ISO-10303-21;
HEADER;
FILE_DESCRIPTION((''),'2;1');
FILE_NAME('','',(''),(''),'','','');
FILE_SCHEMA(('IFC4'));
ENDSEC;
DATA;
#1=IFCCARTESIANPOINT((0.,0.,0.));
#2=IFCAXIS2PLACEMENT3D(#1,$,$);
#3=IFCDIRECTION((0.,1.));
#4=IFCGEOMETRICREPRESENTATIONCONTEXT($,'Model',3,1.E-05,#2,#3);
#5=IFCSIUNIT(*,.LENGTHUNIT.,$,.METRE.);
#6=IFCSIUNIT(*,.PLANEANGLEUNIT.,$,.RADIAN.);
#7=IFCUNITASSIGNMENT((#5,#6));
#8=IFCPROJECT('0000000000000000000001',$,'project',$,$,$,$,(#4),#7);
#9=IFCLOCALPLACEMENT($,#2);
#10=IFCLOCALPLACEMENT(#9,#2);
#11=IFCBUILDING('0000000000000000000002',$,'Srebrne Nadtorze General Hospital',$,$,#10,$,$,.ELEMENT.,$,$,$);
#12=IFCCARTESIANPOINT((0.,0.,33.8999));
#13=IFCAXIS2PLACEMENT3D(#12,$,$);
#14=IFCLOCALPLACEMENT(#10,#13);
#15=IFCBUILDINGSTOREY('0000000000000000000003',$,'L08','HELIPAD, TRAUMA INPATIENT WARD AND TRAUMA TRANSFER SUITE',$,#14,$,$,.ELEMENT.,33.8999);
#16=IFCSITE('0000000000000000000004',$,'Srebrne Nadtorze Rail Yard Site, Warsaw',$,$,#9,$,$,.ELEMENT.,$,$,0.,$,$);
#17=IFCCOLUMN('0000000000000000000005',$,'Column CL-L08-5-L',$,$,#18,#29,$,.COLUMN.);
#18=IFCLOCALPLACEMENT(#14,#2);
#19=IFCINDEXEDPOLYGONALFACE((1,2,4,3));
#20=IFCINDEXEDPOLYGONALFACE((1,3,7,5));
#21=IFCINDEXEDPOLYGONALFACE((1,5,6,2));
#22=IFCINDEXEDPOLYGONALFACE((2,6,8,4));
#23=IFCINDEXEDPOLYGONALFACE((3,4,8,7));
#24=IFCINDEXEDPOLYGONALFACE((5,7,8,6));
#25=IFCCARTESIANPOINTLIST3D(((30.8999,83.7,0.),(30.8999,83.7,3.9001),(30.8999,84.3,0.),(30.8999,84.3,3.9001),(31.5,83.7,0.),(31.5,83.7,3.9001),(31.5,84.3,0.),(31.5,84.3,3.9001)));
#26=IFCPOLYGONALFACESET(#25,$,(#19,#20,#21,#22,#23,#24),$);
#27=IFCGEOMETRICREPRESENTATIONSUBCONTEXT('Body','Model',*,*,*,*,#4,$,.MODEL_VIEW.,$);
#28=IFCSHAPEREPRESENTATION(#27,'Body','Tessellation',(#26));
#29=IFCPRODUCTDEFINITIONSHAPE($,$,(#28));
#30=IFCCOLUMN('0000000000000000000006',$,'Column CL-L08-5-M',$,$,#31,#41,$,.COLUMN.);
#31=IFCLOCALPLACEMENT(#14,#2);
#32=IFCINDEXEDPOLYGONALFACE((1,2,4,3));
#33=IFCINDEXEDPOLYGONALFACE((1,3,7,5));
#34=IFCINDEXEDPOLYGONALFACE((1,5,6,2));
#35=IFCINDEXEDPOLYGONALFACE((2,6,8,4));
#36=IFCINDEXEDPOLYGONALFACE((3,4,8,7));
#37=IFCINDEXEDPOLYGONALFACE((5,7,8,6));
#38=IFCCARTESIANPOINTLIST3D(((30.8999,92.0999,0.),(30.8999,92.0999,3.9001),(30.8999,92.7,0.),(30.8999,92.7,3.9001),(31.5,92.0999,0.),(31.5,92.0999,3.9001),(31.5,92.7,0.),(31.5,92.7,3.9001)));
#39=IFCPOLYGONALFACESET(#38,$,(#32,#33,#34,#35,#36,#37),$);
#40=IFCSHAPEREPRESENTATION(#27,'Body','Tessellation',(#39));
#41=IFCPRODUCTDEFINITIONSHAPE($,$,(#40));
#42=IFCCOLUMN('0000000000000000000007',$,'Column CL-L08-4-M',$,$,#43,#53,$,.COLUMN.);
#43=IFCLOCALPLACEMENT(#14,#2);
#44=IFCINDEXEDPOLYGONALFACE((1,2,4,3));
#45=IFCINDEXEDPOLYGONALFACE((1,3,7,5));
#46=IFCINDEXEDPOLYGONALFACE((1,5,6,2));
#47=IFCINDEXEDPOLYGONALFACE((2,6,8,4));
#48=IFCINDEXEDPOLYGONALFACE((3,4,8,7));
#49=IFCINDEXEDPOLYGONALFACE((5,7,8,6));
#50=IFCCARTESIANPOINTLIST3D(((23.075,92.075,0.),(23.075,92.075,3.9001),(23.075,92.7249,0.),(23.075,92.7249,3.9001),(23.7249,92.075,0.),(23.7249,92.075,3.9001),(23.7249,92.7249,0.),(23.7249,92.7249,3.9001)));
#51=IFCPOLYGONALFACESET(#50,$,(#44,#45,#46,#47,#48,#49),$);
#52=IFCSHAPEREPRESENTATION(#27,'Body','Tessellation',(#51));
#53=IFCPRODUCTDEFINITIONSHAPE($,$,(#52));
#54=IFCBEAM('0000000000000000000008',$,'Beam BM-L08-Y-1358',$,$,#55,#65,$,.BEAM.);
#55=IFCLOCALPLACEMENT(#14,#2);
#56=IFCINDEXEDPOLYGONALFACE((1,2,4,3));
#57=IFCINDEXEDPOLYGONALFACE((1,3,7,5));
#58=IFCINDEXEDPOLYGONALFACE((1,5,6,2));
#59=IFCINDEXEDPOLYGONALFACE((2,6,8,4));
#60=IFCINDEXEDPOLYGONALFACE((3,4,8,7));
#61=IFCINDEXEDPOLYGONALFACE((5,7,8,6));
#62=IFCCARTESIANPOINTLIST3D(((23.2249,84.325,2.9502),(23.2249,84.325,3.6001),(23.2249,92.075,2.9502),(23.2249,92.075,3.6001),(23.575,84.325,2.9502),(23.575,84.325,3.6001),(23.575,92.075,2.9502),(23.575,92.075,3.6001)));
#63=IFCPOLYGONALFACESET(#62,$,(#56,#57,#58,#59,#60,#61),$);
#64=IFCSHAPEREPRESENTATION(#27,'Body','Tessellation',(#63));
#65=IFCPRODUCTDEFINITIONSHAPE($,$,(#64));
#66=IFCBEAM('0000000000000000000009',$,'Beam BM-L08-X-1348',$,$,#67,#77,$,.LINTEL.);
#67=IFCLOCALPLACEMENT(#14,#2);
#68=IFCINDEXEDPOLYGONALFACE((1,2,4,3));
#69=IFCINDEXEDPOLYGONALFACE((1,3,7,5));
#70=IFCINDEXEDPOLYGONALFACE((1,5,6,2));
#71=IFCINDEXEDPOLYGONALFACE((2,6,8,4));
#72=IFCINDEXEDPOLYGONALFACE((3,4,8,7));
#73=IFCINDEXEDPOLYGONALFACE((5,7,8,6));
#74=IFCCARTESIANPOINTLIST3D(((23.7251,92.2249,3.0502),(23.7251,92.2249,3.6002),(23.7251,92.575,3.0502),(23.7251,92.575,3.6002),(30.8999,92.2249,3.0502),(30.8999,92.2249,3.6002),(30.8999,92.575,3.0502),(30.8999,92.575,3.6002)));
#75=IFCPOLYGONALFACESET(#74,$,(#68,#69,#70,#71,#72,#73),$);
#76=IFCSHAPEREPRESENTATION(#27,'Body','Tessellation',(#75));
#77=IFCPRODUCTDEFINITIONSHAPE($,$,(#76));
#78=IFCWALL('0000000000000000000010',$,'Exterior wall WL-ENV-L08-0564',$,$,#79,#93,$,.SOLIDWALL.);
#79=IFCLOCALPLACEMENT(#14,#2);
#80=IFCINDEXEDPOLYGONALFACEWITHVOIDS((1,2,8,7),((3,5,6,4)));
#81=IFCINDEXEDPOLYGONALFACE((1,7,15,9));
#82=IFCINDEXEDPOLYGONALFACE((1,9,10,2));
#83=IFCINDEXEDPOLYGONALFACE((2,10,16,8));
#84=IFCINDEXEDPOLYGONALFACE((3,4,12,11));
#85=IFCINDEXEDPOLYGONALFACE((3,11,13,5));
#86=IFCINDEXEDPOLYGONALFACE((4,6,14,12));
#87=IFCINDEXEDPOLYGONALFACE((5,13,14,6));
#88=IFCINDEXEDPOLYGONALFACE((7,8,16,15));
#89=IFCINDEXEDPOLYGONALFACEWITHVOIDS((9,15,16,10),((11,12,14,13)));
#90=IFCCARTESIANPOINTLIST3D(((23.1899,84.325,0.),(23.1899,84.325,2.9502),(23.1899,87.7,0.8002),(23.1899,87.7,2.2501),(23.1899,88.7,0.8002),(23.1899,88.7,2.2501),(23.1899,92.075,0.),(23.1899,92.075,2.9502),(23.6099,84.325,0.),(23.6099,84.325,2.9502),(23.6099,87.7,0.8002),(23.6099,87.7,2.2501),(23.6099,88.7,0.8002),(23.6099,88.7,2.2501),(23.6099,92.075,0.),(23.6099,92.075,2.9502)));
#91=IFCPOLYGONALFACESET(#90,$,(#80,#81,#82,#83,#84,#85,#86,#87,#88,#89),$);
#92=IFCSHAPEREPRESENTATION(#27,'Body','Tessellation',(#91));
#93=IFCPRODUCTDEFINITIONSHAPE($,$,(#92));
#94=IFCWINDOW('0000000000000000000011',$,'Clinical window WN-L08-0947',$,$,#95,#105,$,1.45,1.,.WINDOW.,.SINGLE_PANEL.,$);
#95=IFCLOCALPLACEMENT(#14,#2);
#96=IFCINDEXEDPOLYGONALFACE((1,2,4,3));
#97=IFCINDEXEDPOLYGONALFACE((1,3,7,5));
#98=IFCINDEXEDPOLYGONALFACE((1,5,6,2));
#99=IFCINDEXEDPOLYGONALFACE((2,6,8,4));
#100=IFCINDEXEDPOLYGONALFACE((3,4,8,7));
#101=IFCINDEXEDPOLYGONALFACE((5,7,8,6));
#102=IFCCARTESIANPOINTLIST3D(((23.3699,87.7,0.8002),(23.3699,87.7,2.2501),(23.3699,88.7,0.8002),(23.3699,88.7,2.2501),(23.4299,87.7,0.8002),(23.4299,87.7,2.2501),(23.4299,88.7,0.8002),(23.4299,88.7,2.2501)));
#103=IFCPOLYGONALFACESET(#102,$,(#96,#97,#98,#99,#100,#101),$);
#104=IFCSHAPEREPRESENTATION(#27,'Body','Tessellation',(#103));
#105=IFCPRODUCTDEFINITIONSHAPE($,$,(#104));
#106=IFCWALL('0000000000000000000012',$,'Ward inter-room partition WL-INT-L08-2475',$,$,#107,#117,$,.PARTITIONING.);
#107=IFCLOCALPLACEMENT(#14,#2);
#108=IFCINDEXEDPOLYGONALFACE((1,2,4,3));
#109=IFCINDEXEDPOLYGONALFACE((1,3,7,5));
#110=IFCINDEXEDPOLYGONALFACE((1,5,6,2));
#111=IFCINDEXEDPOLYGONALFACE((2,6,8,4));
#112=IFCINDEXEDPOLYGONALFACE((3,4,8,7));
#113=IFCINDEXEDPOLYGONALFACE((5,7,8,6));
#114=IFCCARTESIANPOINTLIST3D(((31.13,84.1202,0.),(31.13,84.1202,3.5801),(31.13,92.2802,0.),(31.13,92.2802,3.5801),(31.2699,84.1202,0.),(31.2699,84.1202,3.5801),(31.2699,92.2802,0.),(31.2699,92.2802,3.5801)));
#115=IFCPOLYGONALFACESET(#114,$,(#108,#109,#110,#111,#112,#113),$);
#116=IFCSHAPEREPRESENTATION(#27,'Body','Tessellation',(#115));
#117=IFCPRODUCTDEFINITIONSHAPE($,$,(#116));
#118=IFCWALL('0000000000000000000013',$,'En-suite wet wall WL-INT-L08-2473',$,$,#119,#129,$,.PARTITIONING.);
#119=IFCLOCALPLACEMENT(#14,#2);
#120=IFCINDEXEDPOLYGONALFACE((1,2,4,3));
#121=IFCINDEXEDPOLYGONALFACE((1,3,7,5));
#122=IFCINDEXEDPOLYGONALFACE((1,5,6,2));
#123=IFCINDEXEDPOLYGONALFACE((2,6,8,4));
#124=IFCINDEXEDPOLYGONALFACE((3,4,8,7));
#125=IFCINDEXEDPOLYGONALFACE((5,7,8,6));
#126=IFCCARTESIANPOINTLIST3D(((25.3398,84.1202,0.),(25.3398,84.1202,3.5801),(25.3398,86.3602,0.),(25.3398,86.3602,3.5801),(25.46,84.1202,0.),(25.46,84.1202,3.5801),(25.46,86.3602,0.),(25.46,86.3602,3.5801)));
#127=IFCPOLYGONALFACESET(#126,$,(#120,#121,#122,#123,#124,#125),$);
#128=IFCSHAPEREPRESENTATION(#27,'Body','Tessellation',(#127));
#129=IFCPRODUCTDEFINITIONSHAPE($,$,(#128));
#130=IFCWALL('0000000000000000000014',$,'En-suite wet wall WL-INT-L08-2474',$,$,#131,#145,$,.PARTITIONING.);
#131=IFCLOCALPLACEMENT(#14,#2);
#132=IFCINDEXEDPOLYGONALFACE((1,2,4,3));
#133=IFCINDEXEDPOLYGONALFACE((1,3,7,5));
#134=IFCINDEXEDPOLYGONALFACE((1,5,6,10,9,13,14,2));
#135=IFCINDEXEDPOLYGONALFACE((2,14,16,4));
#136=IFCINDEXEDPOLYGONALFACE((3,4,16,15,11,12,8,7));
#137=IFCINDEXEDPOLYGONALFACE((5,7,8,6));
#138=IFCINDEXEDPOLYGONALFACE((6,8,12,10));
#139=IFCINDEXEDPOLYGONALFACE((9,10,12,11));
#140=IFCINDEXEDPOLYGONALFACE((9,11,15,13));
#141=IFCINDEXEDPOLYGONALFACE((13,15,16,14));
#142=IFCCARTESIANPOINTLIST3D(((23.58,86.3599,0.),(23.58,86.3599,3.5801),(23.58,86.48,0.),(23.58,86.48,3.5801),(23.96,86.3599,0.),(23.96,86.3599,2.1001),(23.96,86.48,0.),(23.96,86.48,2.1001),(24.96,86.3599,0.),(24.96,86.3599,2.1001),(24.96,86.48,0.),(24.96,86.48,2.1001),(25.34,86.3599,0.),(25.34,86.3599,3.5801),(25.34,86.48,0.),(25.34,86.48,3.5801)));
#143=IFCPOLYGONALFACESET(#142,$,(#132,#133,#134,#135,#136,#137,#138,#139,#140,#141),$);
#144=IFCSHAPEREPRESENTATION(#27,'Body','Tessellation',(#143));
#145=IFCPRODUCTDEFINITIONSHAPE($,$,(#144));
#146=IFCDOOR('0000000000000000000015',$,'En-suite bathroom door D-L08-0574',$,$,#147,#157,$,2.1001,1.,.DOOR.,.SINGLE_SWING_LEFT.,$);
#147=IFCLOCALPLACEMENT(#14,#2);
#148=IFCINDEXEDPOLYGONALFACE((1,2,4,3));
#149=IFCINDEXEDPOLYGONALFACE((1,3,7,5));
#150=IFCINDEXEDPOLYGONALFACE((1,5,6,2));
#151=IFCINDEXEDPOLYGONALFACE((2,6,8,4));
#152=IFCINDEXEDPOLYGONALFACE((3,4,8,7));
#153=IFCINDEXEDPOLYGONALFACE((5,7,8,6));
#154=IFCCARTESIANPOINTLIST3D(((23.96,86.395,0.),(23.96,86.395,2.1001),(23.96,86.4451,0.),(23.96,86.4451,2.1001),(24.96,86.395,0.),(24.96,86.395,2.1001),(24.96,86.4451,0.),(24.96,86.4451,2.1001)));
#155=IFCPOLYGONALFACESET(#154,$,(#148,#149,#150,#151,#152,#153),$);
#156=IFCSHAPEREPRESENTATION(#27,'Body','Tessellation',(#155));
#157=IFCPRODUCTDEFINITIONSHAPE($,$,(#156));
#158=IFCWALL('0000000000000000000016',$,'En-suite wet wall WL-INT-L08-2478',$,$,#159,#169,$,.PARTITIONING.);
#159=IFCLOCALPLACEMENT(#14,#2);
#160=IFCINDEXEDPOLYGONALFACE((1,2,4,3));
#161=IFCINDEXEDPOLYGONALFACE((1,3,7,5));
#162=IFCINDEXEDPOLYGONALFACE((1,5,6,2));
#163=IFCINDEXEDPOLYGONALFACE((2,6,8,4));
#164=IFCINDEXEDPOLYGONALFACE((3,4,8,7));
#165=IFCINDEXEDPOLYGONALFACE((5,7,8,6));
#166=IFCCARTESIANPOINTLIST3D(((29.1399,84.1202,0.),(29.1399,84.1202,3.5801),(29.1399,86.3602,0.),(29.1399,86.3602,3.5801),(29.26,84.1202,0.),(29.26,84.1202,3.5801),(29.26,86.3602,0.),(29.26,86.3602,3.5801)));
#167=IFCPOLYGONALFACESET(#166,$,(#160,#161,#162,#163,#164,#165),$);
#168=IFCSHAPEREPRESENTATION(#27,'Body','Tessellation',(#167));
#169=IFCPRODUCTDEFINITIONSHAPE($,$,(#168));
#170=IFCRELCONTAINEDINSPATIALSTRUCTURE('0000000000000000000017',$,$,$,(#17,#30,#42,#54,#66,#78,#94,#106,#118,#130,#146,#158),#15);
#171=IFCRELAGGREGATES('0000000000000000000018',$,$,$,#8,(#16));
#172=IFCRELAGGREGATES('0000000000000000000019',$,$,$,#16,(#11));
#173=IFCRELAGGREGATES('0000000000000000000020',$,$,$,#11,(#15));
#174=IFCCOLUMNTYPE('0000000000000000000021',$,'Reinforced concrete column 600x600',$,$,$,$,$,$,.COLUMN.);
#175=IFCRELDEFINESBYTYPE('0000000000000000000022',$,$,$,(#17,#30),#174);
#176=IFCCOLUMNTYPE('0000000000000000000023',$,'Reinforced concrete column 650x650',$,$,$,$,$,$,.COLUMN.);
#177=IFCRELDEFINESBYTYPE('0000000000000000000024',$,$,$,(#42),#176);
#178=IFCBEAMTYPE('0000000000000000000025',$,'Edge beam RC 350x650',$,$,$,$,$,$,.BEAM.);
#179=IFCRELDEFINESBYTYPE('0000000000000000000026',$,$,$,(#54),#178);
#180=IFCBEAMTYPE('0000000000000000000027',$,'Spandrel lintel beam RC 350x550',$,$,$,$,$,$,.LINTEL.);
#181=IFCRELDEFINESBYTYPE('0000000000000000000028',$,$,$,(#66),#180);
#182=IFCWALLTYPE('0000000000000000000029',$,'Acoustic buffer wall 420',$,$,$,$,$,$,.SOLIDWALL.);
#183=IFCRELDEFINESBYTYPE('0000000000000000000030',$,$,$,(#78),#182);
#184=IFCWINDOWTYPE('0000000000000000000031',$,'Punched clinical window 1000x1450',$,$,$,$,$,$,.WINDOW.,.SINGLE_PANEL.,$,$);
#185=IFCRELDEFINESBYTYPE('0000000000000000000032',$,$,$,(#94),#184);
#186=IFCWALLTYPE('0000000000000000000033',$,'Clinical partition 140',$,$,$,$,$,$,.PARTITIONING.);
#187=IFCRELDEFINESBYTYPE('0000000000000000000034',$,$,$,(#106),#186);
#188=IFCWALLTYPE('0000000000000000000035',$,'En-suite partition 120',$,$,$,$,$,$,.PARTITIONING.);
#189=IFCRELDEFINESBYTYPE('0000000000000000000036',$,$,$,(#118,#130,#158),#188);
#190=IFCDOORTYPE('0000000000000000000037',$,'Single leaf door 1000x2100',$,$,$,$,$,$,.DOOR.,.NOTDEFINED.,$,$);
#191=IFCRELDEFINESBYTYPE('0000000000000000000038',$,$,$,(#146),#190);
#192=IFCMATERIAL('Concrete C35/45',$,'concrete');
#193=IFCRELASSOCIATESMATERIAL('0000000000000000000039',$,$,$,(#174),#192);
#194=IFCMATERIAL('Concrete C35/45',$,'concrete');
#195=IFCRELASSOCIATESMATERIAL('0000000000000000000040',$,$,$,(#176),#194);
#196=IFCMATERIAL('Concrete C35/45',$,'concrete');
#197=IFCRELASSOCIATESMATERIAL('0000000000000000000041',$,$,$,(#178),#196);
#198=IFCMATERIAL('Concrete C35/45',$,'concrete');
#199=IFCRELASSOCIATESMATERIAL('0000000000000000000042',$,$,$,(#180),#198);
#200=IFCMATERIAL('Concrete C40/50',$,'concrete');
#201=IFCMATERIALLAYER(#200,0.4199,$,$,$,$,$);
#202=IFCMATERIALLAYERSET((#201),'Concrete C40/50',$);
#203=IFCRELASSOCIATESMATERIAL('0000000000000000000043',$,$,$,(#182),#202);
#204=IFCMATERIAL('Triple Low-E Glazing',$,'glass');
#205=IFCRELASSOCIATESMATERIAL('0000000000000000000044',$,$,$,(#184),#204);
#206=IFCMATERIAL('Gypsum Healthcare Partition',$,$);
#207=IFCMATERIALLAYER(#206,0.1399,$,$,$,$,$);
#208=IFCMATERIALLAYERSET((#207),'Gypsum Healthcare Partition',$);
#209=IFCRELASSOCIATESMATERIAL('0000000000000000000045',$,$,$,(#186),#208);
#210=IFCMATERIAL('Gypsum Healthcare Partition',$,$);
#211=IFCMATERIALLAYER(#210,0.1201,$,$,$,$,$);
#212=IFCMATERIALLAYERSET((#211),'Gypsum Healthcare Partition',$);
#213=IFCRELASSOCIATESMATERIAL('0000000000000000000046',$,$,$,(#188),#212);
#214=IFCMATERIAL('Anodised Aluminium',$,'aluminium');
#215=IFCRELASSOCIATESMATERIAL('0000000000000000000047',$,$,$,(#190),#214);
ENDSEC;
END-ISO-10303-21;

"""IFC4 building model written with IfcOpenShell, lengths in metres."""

from ifc_helpers import new_model, si_unit, direction, frame, frame_2d, origin, origin_2d, place, context, subcontext, project, spatial, rectangle, extrude, material, layer, layer_set, material_profile, profile_set, type_object, element, fill, save


model = new_model("IFC4")

# Units and contexts
model_context = context("Model", 3, precision=1e-05, world=origin(), true_north=direction((0.0, 1.0)))
body_context = subcontext(model_context, "Body", "Model", "MODEL_VIEW")
ifc_project = project(units=[si_unit("LENGTHUNIT", "METRE"), si_unit("PLANEANGLEUNIT", "RADIAN")], contexts=[model_context])

# Site, building, storey
site_placement = place(None, origin())
site = spatial("IfcSite", under=ifc_project, at=site_placement, Name="Srebrne Nadtorze Rail Yard Site, Warsaw", CompositionType="ELEMENT", RefElevation=0.0)
building_placement = place(site_placement, origin())
building = spatial("IfcBuilding", under=site, at=building_placement, Name="Srebrne Nadtorze General Hospital", CompositionType="ELEMENT")
storey_placement = place(building_placement, frame((0.0, 0.0, 33.8999)))
storey = spatial("IfcBuildingStorey", under=building, at=storey_placement, Name="L08", Description="HELIPAD, TRAUMA INPATIENT WARD AND TRAUMA TRANSFER SUITE", CompositionType="ELEMENT", Elevation=33.8999)

# Columns
ifc_material_1 = material(Name="Concrete C35/45", Category="concrete")
ifc_material_profile_1 = material_profile(ifc_material_1, rectangle(XDim=0.6001, YDim=0.6001, at=origin_2d()), Name="RC-COL-600x600")
ifc_profile_set_1 = profile_set([ifc_material_profile_1], Name="Concrete C35/45")
column_type_1 = type_object("IfcColumnType", Name="Reinforced concrete column 600x600", PredefinedType="COLUMN", material=ifc_profile_set_1)
for number, where, z_axis, x_axis, name in (
    (1, (31.2, 84.0, 0.0), (0.0, 0.0, 1.0), (1.0, 0.0, 0.0), "Column CL-L08-5-L"),
    (2, (31.2, 92.3999, 0.0), (0.0, 0.0, 1.0), (1.0, 0.0, 0.0), "Column CL-L08-5-M"),
):
    element("IfcColumn", number, at=place(storey_placement, frame(where, z_axis=z_axis, x_axis=x_axis)), inside=storey, type_object=column_type_1, Name=name, PredefinedType="COLUMN", context=body_context, shape_type="SweptSolid", body=[
        extrude(rectangle(XDim=0.6001, YDim=0.6001, at=origin_2d()), origin(), (0.0, 0.0, 1.0), 3.9001),
    ])
ifc_material_2 = material(Name="Concrete C35/45", Category="concrete")
ifc_material_profile_2 = material_profile(ifc_material_2, rectangle(XDim=0.6499, YDim=0.6499, at=origin_2d()), Name="RC-COL-650x650")
ifc_profile_set_2 = profile_set([ifc_material_profile_2], Name="Concrete C35/45")
column_type_2 = type_object("IfcColumnType", Name="Reinforced concrete column 650x650", PredefinedType="COLUMN", material=ifc_profile_set_2)
column_placement = place(storey_placement, frame((23.3999, 92.3999, 0.0), z_axis=(0.0, 0.0, 1.0), x_axis=(1.0, 0.0, 0.0)))
element("IfcColumn", 3, at=column_placement, inside=storey, type_object=column_type_2, Name="Column CL-L08-4-M", PredefinedType="COLUMN", context=body_context, shape_type="SweptSolid", body=[
    extrude(rectangle(XDim=0.6499, YDim=0.6499, at=origin_2d()), origin(), (0.0, 0.0, 1.0), 3.9001),
])

# Beams
ifc_material_3 = material(Name="Concrete C35/45", Category="concrete")
ifc_material_profile_3 = material_profile(ifc_material_3, rectangle(XDim=0.3501, YDim=0.6499, at=origin_2d()), Name="RC-BM-350x650")
ifc_profile_set_3 = profile_set([ifc_material_profile_3], Name="Concrete C35/45")
beam_type_1 = type_object("IfcBeamType", Name="Edge beam RC 350x650", PredefinedType="BEAM", material=ifc_profile_set_3)
beam_1_placement = place(storey_placement, frame((23.3999, 84.325, 3.2751), z_axis=(0.0, 1.0, 0.0), x_axis=(-1.0, 0.0, 0.0)))
element("IfcBeam", 4, at=beam_1_placement, inside=storey, type_object=beam_type_1, Name="Beam BM-L08-Y-1358", PredefinedType="BEAM", context=body_context, shape_type="SweptSolid", body=[
    extrude(rectangle(XDim=0.3501, YDim=0.6499, at=origin_2d()), origin(), (0.0, 0.0, 1.0), 7.75),
])
ifc_material_4 = material(Name="Concrete C35/45", Category="concrete")
ifc_material_profile_4 = material_profile(ifc_material_4, rectangle(XDim=0.3501, YDim=0.55, at=origin_2d()), Name="RC-BM-350x550")
ifc_profile_set_4 = profile_set([ifc_material_profile_4], Name="Concrete C35/45")
beam_type_2 = type_object("IfcBeamType", Name="Spandrel lintel beam RC 350x550", PredefinedType="LINTEL", material=ifc_profile_set_4)
beam_2_placement = place(storey_placement, frame((23.7251, 92.3999, 3.3252), z_axis=(1.0, 0.0, 0.0), x_axis=(0.0, 1.0, 0.0)))
element("IfcBeam", 5, at=beam_2_placement, inside=storey, type_object=beam_type_2, Name="Beam BM-L08-X-1348", PredefinedType="LINTEL", context=body_context, shape_type="SweptSolid", body=[
    extrude(rectangle(XDim=0.3501, YDim=0.55, at=origin_2d()), origin(), (0.0, 0.0, 1.0), 7.1748),
])

# Wall, opening, window
ifc_material_5 = material(Name="Concrete C40/50", Category="concrete")
ifc_layer_1 = layer(ifc_material_5, 0.4199)
ifc_layer_set_1 = layer_set([ifc_layer_1], Name="Concrete C40/50")
wall_type_1 = type_object("IfcWallType", Name="Acoustic buffer wall 420", PredefinedType="SOLIDWALL", material=ifc_layer_set_1)
wall_1_placement = place(storey_placement, frame((23.3999, 84.325, 0.0), z_axis=(0.0, 0.0, 1.0), x_axis=(0.0, 1.0, 0.0)))
wall_1 = element("IfcWall", 6, at=wall_1_placement, inside=storey, type_object=wall_type_1, Name="Exterior wall WL-ENV-L08-0564", PredefinedType="SOLIDWALL", context=body_context, shape_type="SweptSolid", body=[
    extrude(rectangle(XDim=7.75, YDim=0.4199, at=frame_2d((3.875, 0.0))), origin(), (0.0, 0.0, 1.0), 2.9502),
])
opening_1_placement = place(wall_1_placement, frame((3.375, 0.0, 0.8)))
opening_1 = element("IfcOpeningElement", 7, at=opening_1_placement, cuts=wall_1, PredefinedType="OPENING", context=body_context, shape_type="SweptSolid", body=[
    extrude(rectangle(XDim=1.0, YDim=1.45, at=frame_2d((0.5, 0.7251))), frame((0.0, 0.2219, 0.0), z_axis=(0.0, -1.0, 0.0), x_axis=(1.0, 0.0, 0.0)), (0.0, 0.0, 1.0), 0.4438),
])
ifc_material_6 = material(Name="Triple Low-E Glazing", Category="glass")
window_type_1 = type_object("IfcWindowType", Name="Punched clinical window 1000x1450", PartitioningType="SINGLE_PANEL", PredefinedType="WINDOW", material=ifc_material_6)
window_1_placement = place(opening_1_placement, origin())
window_1 = element("IfcWindow", 8, at=window_1_placement, inside=storey, type_object=window_type_1, Name="Clinical window WN-L08-0947", OverallHeight=1.45, OverallWidth=1.0, PartitioningType="SINGLE_PANEL", PredefinedType="WINDOW", context=body_context, shape_type="SweptSolid", body=[
    extrude(rectangle(XDim=1.0, YDim=1.45, at=frame_2d((0.5, 0.7251))), frame((0.0, 0.03, 0.0), z_axis=(0.0, -1.0, 0.0), x_axis=(1.0, 0.0, 0.0)), (0.0, 0.0, 1.0), 0.0601),
])
fill(opening_1, window_1)

# Walls
ifc_material_7 = material(Name="Gypsum Healthcare Partition")
ifc_layer_2 = layer(ifc_material_7, 0.1399)
ifc_layer_set_2 = layer_set([ifc_layer_2], Name="Gypsum Healthcare Partition")
wall_type_2 = type_object("IfcWallType", Name="Clinical partition 140", PredefinedType="PARTITIONING", material=ifc_layer_set_2)
wall_2_placement = place(storey_placement, frame((31.2, 84.1201, 0.0), z_axis=(0.0, 0.0, 1.0), x_axis=(0.0, 1.0, 0.0)))
element("IfcWall", 9, at=wall_2_placement, inside=storey, type_object=wall_type_2, Name="Ward inter-room partition WL-INT-L08-2475", PredefinedType="PARTITIONING", context=body_context, shape_type="SweptSolid", body=[
    extrude(rectangle(XDim=8.1599, YDim=0.1399, at=frame_2d((4.0801, 0.0))), origin(), (0.0, 0.0, 1.0), 3.5801),
])
ifc_material_8 = material(Name="Gypsum Healthcare Partition")
ifc_layer_3 = layer(ifc_material_8, 0.1201)
ifc_layer_set_3 = layer_set([ifc_layer_3], Name="Gypsum Healthcare Partition")
wall_type_3 = type_object("IfcWallType", Name="En-suite partition 120", PredefinedType="PARTITIONING", material=ifc_layer_set_3)
wall_3_placement = place(storey_placement, frame((25.3999, 84.1201, 0.0), z_axis=(0.0, 0.0, 1.0), x_axis=(0.0, 1.0, 0.0)))
element("IfcWall", 10, at=wall_3_placement, inside=storey, type_object=wall_type_3, Name="En-suite wet wall WL-INT-L08-2473", PredefinedType="PARTITIONING", context=body_context, shape_type="SweptSolid", body=[
    extrude(rectangle(XDim=2.24, YDim=0.1201, at=frame_2d((1.1201, 0.0))), origin(), (0.0, 0.0, 1.0), 3.5801),
])

# Wall, opening, door
wall_4_placement = place(storey_placement, frame((23.5801, 86.4199, 0.0), z_axis=(0.0, 0.0, 1.0), x_axis=(1.0, 0.0, 0.0)))
wall_4 = element("IfcWall", 11, at=wall_4_placement, inside=storey, type_object=wall_type_3, Name="En-suite wet wall WL-INT-L08-2474", PredefinedType="PARTITIONING", context=body_context, shape_type="SweptSolid", body=[
    extrude(rectangle(XDim=1.76, YDim=0.1201, at=frame_2d((0.8799, 0.0))), origin(), (0.0, 0.0, 1.0), 3.5801),
])
opening_2_placement = place(wall_4_placement, frame((0.3799, 0.0, 0.0)))
opening_2 = element("IfcOpeningElement", 12, at=opening_2_placement, cuts=wall_4, PredefinedType="OPENING", context=body_context, shape_type="SweptSolid", body=[
    extrude(rectangle(XDim=1.0, YDim=2.1001, at=frame_2d((0.5, 1.05))), frame((0.0, 0.072, 0.0), z_axis=(0.0, -1.0, 0.0), x_axis=(1.0, 0.0, 0.0)), (0.0, 0.0, 1.0), 0.144),
])
ifc_material_9 = material(Name="Anodised Aluminium", Category="aluminium")
door_type_1 = type_object("IfcDoorType", Name="Single leaf door 1000x2100", OperationType="NOTDEFINED", PredefinedType="DOOR", material=ifc_material_9)
door_1_placement = place(opening_2_placement, frame((1.0, 0.0, 0.0), z_axis=(0.0, 0.0, 1.0), x_axis=(-1.0, 0.0, 0.0)))
door_1 = element("IfcDoor", 13, at=door_1_placement, inside=storey, type_object=door_type_1, Name="En-suite bathroom door D-L08-0574", OperationType="SINGLE_SWING_LEFT", OverallHeight=2.1001, OverallWidth=1.0, PredefinedType="DOOR", context=body_context, shape_type="SweptSolid", body=[
    extrude(rectangle(XDim=1.0, YDim=2.1001, at=frame_2d((0.5, 1.05))), frame((0.0, 0.0249, 0.0), z_axis=(0.0, -1.0, 0.0), x_axis=(1.0, 0.0, 0.0)), (0.0, 0.0, 1.0), 0.05),
])
fill(opening_2, door_1)

# Wall
wall_5_placement = place(storey_placement, frame((29.2, 84.1201, 0.0), z_axis=(0.0, 0.0, 1.0), x_axis=(0.0, 1.0, 0.0)))
element("IfcWall", 14, at=wall_5_placement, inside=storey, type_object=wall_type_3, Name="En-suite wet wall WL-INT-L08-2478", PredefinedType="PARTITIONING", context=body_context, shape_type="SweptSolid", body=[
    extrude(rectangle(XDim=2.24, YDim=0.1201, at=frame_2d((1.1201, 0.0))), origin(), (0.0, 0.0, 1.0), 3.5801),
])

save(model, "model.ifc")
